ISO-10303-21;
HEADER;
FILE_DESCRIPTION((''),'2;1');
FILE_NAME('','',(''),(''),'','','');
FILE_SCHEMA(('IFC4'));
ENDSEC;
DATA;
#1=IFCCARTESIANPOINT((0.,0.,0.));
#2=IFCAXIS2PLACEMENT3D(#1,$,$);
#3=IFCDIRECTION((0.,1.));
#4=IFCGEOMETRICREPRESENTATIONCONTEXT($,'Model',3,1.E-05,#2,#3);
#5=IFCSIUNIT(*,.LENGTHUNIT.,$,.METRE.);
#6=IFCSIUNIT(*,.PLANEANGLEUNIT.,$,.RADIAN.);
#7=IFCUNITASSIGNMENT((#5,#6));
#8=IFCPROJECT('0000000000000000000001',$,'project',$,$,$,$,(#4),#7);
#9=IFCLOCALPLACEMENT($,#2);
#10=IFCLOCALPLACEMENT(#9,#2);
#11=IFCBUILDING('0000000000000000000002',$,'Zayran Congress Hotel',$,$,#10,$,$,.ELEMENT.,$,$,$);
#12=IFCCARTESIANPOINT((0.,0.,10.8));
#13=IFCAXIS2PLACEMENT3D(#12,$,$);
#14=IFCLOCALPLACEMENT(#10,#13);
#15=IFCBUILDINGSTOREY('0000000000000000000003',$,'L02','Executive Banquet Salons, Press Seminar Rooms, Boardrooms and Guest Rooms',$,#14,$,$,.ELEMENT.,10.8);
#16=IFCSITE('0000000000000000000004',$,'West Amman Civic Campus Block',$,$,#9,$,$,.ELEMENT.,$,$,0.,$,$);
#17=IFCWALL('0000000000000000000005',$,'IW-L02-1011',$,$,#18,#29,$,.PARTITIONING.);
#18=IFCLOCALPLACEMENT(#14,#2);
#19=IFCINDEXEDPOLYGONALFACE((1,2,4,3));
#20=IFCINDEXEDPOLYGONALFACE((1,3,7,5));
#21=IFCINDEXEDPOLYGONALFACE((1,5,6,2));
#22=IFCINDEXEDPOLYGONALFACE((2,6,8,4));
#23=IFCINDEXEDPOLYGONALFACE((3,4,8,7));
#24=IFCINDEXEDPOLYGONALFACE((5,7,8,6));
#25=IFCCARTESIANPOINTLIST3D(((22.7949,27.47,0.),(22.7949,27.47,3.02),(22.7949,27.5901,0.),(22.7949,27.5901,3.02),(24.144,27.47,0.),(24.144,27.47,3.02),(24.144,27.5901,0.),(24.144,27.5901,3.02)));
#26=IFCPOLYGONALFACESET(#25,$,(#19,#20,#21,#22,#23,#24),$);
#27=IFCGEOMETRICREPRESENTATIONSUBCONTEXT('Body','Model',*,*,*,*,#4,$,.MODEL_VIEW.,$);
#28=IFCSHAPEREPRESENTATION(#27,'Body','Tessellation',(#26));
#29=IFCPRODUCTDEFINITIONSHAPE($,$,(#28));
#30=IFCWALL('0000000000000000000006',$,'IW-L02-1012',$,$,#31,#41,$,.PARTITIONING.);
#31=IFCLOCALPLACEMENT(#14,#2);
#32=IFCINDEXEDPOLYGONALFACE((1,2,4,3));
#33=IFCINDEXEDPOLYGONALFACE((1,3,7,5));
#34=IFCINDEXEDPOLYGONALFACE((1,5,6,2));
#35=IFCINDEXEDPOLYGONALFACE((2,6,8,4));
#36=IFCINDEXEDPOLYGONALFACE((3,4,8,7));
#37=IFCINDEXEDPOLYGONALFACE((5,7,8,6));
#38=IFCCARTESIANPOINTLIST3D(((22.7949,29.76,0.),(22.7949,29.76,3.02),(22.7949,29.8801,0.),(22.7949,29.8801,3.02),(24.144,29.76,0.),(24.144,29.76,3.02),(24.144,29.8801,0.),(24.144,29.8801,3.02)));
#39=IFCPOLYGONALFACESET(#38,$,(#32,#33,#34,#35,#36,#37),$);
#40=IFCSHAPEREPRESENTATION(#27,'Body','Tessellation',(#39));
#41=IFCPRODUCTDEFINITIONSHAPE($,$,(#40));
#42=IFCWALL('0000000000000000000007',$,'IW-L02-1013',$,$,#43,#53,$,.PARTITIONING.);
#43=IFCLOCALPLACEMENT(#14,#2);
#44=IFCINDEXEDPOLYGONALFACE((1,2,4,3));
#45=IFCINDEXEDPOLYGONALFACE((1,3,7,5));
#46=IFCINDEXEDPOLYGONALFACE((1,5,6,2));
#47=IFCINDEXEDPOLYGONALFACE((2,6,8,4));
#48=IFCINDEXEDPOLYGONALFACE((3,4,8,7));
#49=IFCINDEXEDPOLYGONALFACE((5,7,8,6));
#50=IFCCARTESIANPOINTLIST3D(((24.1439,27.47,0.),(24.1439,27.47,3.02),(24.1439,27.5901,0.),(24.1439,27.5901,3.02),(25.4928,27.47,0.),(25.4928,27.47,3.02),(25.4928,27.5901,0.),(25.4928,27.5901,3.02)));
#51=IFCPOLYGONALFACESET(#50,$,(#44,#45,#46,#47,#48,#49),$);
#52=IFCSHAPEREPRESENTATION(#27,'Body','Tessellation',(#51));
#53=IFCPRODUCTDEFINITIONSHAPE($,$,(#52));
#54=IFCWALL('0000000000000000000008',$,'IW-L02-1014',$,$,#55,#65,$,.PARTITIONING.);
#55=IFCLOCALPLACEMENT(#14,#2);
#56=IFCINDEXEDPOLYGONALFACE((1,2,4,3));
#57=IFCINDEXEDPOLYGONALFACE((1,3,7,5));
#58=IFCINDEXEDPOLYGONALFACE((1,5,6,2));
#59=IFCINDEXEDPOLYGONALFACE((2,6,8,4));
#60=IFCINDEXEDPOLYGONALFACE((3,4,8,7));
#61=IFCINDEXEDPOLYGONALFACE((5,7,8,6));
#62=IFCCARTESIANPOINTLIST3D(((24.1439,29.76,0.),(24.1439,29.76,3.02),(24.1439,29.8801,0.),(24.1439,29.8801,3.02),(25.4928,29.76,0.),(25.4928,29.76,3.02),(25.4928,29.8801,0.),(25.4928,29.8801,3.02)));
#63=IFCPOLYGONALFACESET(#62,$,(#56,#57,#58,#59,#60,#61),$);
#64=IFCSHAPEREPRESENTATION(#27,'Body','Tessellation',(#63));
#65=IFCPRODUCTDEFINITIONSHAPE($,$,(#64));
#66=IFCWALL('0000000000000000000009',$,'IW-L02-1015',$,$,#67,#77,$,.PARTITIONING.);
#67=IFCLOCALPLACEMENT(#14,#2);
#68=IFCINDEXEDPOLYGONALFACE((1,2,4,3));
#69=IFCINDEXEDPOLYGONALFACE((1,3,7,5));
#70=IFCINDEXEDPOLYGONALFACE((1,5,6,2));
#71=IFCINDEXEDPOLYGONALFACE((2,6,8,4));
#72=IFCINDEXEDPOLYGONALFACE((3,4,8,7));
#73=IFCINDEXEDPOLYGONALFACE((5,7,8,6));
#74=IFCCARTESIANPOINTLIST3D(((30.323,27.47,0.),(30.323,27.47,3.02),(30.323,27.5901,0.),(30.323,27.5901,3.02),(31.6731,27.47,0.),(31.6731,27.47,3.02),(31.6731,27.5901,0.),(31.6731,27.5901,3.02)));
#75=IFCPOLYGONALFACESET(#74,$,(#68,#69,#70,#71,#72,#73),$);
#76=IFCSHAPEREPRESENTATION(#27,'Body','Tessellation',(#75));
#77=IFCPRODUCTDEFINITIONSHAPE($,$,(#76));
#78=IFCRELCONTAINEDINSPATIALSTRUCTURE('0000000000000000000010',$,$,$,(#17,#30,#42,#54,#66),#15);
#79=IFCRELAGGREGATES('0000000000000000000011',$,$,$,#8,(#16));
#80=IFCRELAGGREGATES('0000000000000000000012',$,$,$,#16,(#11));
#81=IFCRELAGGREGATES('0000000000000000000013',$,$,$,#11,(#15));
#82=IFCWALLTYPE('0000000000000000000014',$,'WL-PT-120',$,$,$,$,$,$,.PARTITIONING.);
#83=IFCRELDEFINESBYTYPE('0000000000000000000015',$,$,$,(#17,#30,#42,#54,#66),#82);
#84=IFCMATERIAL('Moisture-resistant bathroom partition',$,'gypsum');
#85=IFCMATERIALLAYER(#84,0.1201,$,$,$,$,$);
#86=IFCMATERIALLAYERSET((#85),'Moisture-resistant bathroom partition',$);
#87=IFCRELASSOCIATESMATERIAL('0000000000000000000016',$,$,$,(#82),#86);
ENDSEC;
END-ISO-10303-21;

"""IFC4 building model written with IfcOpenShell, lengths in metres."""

from ifc_helpers import new_model, si_unit, direction, frame, frame_2d, origin, place, context, subcontext, project, spatial, rectangle, extrude, material, layer, layer_set, type_object, element, save


model = new_model("IFC4")

# Units and contexts
model_context = context("Model", 3, precision=1e-05, world=origin(), true_north=direction((0.0, 1.0)))
body_context = subcontext(model_context, "Body", "Model", "MODEL_VIEW")
ifc_project = project(units=[si_unit("LENGTHUNIT", "METRE"), si_unit("PLANEANGLEUNIT", "RADIAN")], contexts=[model_context])

# Site, building, storey
site_placement = place(None, origin())
site = spatial("IfcSite", under=ifc_project, at=site_placement, Name="West Amman Civic Campus Block", CompositionType="ELEMENT", RefElevation=0.0)
building_placement = place(site_placement, origin())
building = spatial("IfcBuilding", under=site, at=building_placement, Name="Zayran Congress Hotel", CompositionType="ELEMENT")
storey_placement = place(building_placement, frame((0.0, 0.0, 10.8)))
storey = spatial("IfcBuildingStorey", under=building, at=storey_placement, Name="L02", Description="Executive Banquet Salons, Press Seminar Rooms, Boardrooms and Guest Rooms", CompositionType="ELEMENT", Elevation=10.8)

# Shared definitions
ifc_material_1 = material(Name="Moisture-resistant bathroom partition", Category="gypsum")
ifc_layer_1 = layer(ifc_material_1, 0.1201)
ifc_layer_set_1 = layer_set([ifc_layer_1], Name="Moisture-resistant bathroom partition")
wall_type_1 = type_object("IfcWallType", Name="WL-PT-120", PredefinedType="PARTITIONING", material=ifc_layer_set_1)

# Walls
for number, where, z_axis, x_axis, name in (
    (1, (22.7949, 27.53, 0.0), (0.0, 0.0, 1.0), (1.0, 0.0, 0.0), "IW-L02-1011"),
    (2, (22.7949, 29.8201, 0.0), (0.0, 0.0, 1.0), (1.0, 0.0, 0.0), "IW-L02-1012"),
):
    element("IfcWall", number, at=place(storey_placement, frame(where, z_axis=z_axis, x_axis=x_axis)), inside=storey, type_object=wall_type_1, Name=name, PredefinedType="PARTITIONING", context=body_context, shape_type="SweptSolid", body=[
        extrude(rectangle(XDim=1.3491, YDim=0.1201, at=frame_2d((0.6746, 0.0))), origin(), (0.0, 0.0, 1.0), 3.02),
    ])
for number, where, z_axis, x_axis, name in (
    (3, (24.144, 27.53, 0.0), (0.0, 0.0, 1.0), (1.0, 0.0, 0.0), "IW-L02-1013"),
    (4, (24.144, 29.8201, 0.0), (0.0, 0.0, 1.0), (1.0, 0.0, 0.0), "IW-L02-1014"),
):
    element("IfcWall", number, at=place(storey_placement, frame(where, z_axis=z_axis, x_axis=x_axis)), inside=storey, type_object=wall_type_1, Name=name, PredefinedType="PARTITIONING", context=body_context, shape_type="SweptSolid", body=[
        extrude(rectangle(XDim=1.3489, YDim=0.1201, at=frame_2d((0.6743, 0.0))), origin(), (0.0, 0.0, 1.0), 3.02),
    ])
wall_1_placement = place(storey_placement, frame((30.323, 27.53, 0.0), z_axis=(0.0, 0.0, 1.0), x_axis=(1.0, 0.0, 0.0)))
element("IfcWall", 5, at=wall_1_placement, inside=storey, type_object=wall_type_1, Name="IW-L02-1015", PredefinedType="PARTITIONING", context=body_context, shape_type="SweptSolid", body=[
    extrude(rectangle(XDim=1.3501, YDim=0.1201, at=frame_2d((0.675, 0.0))), origin(), (0.0, 0.0, 1.0), 3.02),
])

save(model, "model.ifc")
